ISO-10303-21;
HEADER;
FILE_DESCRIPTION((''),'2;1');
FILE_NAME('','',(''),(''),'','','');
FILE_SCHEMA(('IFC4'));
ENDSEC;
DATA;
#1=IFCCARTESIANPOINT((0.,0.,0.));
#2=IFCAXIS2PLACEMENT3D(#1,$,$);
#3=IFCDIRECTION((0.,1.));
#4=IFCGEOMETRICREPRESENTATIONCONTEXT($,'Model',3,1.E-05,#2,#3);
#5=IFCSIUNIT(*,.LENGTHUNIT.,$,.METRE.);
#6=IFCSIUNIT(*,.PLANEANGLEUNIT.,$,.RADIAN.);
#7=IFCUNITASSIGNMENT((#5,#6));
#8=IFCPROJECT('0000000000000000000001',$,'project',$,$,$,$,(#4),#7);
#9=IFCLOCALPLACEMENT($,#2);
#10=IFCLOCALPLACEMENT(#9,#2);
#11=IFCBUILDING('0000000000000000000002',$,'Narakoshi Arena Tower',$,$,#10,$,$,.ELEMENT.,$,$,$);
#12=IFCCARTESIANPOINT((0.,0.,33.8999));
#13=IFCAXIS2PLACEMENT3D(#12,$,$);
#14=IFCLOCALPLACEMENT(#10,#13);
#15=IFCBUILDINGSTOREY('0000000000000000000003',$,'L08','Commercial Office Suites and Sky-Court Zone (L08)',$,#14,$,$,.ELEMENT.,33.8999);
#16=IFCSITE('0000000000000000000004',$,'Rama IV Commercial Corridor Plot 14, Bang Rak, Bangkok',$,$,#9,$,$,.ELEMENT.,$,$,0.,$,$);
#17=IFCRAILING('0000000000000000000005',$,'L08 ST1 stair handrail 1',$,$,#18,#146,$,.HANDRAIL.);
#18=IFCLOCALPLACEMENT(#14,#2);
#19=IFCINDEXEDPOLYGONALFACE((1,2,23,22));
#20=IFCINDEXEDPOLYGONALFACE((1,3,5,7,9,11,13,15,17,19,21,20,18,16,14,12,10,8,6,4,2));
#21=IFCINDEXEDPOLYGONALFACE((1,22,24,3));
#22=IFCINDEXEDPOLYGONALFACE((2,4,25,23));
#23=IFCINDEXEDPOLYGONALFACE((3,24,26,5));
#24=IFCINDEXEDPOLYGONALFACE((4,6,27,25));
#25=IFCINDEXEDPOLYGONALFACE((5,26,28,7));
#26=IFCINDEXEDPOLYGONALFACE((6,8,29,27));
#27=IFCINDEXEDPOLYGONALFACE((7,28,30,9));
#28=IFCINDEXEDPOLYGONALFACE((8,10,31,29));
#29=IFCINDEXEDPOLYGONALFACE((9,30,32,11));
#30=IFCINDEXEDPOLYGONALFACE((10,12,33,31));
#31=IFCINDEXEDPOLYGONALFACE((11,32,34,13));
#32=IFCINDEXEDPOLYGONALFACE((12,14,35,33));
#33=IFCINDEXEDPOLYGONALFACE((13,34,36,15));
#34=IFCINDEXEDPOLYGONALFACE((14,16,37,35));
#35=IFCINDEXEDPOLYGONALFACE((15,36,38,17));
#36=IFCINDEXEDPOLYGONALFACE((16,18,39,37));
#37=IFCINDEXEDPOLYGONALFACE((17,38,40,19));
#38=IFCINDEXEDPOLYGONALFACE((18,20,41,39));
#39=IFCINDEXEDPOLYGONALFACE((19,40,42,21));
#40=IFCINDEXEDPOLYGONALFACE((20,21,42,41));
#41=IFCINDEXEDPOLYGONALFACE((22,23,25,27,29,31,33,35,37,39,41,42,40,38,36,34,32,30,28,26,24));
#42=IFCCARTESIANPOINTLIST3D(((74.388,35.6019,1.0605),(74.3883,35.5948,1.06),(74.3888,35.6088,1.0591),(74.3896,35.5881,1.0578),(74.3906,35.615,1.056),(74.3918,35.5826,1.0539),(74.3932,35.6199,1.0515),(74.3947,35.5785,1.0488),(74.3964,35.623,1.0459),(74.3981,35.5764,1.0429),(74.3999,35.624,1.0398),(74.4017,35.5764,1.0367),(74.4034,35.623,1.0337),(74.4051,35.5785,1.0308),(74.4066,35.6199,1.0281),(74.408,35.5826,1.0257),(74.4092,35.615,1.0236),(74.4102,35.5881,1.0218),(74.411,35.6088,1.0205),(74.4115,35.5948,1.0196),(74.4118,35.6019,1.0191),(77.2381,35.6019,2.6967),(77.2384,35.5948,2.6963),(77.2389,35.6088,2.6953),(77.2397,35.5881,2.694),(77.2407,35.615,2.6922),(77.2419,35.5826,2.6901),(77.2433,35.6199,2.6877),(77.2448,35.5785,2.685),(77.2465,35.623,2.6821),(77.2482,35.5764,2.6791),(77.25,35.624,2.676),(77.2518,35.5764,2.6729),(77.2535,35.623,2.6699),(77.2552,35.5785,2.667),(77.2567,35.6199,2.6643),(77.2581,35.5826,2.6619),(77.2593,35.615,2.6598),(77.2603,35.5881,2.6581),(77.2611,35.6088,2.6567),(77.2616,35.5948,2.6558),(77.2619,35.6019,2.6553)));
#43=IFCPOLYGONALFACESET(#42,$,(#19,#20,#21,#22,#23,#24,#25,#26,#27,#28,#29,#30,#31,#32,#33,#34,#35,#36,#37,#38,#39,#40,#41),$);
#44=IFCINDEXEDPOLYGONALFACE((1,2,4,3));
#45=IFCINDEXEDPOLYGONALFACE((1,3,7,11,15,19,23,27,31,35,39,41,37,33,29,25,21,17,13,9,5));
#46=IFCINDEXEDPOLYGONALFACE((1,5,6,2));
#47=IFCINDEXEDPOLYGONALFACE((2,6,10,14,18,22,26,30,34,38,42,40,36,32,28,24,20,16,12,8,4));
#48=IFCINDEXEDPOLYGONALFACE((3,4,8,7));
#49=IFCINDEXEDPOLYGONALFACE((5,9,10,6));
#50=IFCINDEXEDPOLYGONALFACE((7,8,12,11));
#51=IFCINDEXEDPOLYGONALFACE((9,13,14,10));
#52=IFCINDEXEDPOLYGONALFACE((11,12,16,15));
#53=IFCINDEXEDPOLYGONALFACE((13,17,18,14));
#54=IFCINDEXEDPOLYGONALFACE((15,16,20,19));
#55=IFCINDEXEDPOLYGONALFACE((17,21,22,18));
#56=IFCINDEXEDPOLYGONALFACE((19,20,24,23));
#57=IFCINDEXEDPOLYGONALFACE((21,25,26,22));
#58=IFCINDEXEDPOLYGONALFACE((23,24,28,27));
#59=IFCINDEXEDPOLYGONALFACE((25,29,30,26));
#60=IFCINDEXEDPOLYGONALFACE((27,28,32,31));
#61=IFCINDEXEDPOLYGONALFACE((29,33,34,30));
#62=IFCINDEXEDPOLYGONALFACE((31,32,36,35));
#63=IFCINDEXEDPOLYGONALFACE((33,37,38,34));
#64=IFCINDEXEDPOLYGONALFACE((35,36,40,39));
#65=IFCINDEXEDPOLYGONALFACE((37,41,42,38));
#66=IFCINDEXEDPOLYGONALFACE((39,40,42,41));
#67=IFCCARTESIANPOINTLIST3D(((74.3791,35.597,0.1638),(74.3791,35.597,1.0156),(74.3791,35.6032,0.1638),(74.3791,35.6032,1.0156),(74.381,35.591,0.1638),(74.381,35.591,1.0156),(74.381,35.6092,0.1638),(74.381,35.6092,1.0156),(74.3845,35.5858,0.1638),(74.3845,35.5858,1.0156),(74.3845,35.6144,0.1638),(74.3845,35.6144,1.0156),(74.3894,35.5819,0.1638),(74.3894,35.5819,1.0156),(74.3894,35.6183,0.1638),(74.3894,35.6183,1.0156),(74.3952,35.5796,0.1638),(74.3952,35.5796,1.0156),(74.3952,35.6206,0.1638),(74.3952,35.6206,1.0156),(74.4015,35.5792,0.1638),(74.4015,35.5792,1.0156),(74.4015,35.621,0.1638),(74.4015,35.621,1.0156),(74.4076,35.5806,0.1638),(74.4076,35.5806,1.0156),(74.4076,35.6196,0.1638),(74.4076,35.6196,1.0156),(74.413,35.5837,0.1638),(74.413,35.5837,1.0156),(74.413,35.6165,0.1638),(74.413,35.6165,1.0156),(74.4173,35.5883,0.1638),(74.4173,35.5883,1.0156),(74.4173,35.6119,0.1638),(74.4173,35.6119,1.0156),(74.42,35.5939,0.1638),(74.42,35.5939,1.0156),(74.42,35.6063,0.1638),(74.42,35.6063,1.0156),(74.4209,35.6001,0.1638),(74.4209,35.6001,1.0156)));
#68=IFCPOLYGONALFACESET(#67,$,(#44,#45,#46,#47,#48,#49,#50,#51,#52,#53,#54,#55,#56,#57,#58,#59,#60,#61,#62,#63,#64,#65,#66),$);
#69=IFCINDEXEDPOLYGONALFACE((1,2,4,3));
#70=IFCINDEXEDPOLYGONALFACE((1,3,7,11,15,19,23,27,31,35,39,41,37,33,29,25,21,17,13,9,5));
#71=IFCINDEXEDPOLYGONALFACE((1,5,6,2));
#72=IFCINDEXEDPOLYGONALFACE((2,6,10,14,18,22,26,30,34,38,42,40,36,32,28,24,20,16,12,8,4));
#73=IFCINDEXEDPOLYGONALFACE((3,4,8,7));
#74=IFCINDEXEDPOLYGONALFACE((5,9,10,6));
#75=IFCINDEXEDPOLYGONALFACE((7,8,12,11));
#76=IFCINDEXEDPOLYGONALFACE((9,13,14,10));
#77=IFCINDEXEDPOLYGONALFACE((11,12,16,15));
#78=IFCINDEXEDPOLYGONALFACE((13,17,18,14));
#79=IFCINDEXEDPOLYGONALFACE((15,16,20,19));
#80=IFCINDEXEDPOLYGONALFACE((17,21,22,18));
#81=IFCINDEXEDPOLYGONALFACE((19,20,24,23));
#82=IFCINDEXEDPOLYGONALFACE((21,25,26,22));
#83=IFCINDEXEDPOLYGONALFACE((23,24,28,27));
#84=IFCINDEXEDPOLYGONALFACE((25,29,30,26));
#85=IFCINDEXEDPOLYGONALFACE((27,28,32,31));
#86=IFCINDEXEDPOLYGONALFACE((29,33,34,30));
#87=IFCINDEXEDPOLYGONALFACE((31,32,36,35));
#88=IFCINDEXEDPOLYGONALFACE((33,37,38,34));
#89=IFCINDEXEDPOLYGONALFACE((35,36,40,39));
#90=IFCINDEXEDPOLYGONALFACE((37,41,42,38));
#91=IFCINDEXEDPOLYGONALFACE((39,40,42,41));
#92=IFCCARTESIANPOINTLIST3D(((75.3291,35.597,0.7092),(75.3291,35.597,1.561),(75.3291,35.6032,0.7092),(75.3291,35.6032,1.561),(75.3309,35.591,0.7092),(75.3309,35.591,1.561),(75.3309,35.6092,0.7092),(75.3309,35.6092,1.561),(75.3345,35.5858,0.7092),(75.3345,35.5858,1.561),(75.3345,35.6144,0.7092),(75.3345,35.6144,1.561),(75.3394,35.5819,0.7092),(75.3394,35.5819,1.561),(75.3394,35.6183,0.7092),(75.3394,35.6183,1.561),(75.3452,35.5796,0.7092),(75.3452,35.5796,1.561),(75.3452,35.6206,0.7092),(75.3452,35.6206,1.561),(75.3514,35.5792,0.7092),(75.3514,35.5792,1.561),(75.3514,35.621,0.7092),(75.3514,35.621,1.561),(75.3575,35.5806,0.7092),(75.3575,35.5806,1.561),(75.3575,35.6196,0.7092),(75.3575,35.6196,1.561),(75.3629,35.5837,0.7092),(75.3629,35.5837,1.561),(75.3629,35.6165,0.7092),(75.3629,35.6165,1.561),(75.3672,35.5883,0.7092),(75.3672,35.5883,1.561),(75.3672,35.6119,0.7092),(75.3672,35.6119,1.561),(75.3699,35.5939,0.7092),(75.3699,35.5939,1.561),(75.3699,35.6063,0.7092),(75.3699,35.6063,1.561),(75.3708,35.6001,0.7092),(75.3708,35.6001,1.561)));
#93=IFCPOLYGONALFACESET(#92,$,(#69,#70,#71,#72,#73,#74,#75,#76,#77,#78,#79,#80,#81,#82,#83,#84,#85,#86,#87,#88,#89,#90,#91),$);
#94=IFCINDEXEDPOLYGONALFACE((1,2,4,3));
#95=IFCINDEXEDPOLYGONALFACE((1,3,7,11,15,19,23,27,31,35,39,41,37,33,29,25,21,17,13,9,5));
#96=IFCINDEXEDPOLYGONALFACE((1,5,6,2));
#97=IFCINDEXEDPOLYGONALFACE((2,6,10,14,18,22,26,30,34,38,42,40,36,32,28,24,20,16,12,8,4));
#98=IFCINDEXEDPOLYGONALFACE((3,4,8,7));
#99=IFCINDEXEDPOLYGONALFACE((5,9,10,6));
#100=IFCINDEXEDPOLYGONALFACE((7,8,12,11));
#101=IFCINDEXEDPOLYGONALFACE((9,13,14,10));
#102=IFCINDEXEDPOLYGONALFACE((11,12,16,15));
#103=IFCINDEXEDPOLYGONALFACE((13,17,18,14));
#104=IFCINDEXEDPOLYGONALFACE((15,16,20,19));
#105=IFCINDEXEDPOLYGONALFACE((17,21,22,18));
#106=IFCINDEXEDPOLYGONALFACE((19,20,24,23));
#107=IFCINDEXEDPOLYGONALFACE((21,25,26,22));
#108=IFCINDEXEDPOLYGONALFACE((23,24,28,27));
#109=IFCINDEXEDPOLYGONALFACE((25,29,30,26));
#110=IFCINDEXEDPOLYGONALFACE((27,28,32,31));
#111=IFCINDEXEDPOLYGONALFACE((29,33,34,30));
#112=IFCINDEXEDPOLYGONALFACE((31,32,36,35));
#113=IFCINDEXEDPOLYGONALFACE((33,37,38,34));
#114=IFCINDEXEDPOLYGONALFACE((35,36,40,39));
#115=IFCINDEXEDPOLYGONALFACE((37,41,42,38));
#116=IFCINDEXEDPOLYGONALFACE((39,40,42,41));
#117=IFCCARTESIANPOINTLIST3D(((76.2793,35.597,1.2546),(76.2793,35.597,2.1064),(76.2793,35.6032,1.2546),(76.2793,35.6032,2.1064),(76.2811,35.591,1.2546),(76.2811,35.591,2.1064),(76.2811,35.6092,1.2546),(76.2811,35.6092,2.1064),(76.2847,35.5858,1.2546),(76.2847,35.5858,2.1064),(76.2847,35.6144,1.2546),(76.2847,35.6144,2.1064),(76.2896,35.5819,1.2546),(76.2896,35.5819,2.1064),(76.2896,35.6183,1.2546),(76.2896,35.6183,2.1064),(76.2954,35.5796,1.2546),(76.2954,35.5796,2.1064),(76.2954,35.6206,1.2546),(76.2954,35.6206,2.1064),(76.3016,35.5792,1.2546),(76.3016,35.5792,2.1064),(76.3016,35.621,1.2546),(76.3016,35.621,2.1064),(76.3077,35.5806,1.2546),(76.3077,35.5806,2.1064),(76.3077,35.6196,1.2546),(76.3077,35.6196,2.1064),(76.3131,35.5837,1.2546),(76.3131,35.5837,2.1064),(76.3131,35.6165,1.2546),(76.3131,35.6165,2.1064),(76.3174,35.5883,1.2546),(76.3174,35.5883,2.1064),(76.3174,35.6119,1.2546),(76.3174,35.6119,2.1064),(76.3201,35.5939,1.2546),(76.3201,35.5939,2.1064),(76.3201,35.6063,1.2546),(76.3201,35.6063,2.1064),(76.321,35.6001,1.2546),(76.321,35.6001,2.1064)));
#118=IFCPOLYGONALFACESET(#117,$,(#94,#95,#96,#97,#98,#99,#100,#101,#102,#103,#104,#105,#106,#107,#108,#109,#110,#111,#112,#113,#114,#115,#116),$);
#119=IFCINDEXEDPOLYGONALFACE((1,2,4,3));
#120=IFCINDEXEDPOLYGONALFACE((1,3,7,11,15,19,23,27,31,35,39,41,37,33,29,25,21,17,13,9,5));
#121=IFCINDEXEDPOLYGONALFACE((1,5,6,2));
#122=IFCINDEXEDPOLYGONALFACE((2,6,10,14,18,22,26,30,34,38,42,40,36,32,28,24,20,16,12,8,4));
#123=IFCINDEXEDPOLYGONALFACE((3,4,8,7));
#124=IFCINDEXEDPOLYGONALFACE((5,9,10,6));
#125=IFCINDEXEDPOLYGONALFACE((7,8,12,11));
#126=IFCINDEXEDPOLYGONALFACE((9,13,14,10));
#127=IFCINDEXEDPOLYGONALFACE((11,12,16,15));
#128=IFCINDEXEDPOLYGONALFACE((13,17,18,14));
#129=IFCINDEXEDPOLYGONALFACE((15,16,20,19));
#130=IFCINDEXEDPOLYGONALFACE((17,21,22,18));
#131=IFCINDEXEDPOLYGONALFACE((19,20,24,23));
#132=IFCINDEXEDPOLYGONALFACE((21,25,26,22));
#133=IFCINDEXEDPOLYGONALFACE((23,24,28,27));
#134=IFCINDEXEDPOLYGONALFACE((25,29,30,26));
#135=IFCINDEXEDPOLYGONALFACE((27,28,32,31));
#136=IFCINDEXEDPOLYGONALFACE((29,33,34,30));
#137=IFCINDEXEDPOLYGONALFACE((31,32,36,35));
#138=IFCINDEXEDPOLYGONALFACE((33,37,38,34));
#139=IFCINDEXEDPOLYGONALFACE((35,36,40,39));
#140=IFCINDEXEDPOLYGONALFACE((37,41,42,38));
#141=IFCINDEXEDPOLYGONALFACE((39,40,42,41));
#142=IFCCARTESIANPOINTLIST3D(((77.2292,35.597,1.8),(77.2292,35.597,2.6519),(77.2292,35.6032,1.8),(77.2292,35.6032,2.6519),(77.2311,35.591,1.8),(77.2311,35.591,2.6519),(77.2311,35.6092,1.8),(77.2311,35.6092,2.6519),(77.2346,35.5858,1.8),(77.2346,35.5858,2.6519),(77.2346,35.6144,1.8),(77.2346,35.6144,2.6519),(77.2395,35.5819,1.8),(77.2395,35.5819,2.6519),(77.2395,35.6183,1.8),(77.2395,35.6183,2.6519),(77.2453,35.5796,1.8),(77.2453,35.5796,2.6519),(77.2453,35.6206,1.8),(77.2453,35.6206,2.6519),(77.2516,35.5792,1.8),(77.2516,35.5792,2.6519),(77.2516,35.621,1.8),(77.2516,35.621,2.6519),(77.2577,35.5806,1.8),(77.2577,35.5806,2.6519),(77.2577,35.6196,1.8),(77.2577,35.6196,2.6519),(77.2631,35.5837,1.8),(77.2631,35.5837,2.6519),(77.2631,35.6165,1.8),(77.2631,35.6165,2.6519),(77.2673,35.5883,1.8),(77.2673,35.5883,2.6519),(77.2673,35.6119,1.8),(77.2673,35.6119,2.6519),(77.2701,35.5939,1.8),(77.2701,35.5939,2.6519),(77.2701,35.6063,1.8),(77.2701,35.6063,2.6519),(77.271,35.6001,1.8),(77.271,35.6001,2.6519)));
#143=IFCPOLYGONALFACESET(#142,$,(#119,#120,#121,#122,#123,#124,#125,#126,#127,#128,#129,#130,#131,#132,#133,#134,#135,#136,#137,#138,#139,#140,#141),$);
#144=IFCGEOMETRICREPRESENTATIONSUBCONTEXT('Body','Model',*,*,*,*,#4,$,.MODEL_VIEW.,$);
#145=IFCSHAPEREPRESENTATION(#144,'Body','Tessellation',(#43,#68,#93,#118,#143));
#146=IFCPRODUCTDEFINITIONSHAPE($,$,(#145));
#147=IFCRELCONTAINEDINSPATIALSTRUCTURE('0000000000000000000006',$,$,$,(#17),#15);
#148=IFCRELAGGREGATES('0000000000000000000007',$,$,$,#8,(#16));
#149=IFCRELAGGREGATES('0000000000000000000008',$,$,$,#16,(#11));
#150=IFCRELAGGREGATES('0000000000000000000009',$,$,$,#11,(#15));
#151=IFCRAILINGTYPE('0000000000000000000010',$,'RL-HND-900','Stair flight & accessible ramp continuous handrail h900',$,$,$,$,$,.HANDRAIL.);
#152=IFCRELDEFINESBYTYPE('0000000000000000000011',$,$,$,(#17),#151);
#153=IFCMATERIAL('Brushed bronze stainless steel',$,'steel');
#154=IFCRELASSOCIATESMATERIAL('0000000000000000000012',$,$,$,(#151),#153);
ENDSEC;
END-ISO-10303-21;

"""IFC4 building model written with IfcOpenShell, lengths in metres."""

from ifc_helpers import new_model, si_unit, direction, frame, origin, origin_2d, place, context, subcontext, project, spatial, circle, extrude, material, type_object, element, save


model = new_model("IFC4")

# Units and contexts
model_context = context("Model", 3, precision=1e-05, world=origin(), true_north=direction((0.0, 1.0)))
body_context = subcontext(model_context, "Body", "Model", "MODEL_VIEW")
ifc_project = project(units=[si_unit("LENGTHUNIT", "METRE"), si_unit("PLANEANGLEUNIT", "RADIAN")], contexts=[model_context])

# Site, building, storey
site_placement = place(None, origin())
site = spatial("IfcSite", under=ifc_project, at=site_placement, Name="Rama IV Commercial Corridor Plot 14, Bang Rak, Bangkok", CompositionType="ELEMENT", RefElevation=0.0)
building_placement = place(site_placement, origin())
building = spatial("IfcBuilding", under=site, at=building_placement, Name="Narakoshi Arena Tower", CompositionType="ELEMENT")
storey_placement = place(building_placement, frame((0.0, 0.0, 33.8999)))
storey = spatial("IfcBuildingStorey", under=building, at=storey_placement, Name="L08", Description="Commercial Office Suites and Sky-Court Zone (L08)", CompositionType="ELEMENT", Elevation=33.8999)

# Railing
ifc_material_1 = material(Name="Brushed bronze stainless steel", Category="steel")
railing_type_1 = type_object("IfcRailingType", Name="RL-HND-900", Description="Stair flight & accessible ramp continuous handrail h900", PredefinedType="HANDRAIL", material=ifc_material_1)
railing_placement = place(storey_placement, frame((74.3999, 35.6001, 0.1638)))
element("IfcRailing", 1, at=railing_placement, inside=storey, type_object=railing_type_1, Name="L08 ST1 stair handrail 1", PredefinedType="HANDRAIL", context=body_context, shape_type="SweptSolid", body=[
    extrude(circle(Radius=0.0239, at=origin_2d()), frame((0.0, 0.0, 0.876), z_axis=(0.867245, 0.0, 0.497882), x_axis=(0.0, 1.0, 0.0)), (0.0, 0.0, 1.0), 3.2864),
    extrude(circle(Radius=0.021, at=origin_2d()), origin(), (0.0, 0.0, 1.0), 0.8518),
    extrude(circle(Radius=0.021, at=origin_2d()), frame((0.95, 0.0, 0.5454)), (0.0, 0.0, 1.0), 0.8518),
    extrude(circle(Radius=0.021, at=origin_2d()), frame((1.9001, 0.0, 1.0908)), (0.0, 0.0, 1.0), 0.8518),
    extrude(circle(Radius=0.021, at=origin_2d()), frame((2.8501, 0.0, 1.6362)), (0.0, 0.0, 1.0), 0.8518),
])

save(model, "model.ifc")
